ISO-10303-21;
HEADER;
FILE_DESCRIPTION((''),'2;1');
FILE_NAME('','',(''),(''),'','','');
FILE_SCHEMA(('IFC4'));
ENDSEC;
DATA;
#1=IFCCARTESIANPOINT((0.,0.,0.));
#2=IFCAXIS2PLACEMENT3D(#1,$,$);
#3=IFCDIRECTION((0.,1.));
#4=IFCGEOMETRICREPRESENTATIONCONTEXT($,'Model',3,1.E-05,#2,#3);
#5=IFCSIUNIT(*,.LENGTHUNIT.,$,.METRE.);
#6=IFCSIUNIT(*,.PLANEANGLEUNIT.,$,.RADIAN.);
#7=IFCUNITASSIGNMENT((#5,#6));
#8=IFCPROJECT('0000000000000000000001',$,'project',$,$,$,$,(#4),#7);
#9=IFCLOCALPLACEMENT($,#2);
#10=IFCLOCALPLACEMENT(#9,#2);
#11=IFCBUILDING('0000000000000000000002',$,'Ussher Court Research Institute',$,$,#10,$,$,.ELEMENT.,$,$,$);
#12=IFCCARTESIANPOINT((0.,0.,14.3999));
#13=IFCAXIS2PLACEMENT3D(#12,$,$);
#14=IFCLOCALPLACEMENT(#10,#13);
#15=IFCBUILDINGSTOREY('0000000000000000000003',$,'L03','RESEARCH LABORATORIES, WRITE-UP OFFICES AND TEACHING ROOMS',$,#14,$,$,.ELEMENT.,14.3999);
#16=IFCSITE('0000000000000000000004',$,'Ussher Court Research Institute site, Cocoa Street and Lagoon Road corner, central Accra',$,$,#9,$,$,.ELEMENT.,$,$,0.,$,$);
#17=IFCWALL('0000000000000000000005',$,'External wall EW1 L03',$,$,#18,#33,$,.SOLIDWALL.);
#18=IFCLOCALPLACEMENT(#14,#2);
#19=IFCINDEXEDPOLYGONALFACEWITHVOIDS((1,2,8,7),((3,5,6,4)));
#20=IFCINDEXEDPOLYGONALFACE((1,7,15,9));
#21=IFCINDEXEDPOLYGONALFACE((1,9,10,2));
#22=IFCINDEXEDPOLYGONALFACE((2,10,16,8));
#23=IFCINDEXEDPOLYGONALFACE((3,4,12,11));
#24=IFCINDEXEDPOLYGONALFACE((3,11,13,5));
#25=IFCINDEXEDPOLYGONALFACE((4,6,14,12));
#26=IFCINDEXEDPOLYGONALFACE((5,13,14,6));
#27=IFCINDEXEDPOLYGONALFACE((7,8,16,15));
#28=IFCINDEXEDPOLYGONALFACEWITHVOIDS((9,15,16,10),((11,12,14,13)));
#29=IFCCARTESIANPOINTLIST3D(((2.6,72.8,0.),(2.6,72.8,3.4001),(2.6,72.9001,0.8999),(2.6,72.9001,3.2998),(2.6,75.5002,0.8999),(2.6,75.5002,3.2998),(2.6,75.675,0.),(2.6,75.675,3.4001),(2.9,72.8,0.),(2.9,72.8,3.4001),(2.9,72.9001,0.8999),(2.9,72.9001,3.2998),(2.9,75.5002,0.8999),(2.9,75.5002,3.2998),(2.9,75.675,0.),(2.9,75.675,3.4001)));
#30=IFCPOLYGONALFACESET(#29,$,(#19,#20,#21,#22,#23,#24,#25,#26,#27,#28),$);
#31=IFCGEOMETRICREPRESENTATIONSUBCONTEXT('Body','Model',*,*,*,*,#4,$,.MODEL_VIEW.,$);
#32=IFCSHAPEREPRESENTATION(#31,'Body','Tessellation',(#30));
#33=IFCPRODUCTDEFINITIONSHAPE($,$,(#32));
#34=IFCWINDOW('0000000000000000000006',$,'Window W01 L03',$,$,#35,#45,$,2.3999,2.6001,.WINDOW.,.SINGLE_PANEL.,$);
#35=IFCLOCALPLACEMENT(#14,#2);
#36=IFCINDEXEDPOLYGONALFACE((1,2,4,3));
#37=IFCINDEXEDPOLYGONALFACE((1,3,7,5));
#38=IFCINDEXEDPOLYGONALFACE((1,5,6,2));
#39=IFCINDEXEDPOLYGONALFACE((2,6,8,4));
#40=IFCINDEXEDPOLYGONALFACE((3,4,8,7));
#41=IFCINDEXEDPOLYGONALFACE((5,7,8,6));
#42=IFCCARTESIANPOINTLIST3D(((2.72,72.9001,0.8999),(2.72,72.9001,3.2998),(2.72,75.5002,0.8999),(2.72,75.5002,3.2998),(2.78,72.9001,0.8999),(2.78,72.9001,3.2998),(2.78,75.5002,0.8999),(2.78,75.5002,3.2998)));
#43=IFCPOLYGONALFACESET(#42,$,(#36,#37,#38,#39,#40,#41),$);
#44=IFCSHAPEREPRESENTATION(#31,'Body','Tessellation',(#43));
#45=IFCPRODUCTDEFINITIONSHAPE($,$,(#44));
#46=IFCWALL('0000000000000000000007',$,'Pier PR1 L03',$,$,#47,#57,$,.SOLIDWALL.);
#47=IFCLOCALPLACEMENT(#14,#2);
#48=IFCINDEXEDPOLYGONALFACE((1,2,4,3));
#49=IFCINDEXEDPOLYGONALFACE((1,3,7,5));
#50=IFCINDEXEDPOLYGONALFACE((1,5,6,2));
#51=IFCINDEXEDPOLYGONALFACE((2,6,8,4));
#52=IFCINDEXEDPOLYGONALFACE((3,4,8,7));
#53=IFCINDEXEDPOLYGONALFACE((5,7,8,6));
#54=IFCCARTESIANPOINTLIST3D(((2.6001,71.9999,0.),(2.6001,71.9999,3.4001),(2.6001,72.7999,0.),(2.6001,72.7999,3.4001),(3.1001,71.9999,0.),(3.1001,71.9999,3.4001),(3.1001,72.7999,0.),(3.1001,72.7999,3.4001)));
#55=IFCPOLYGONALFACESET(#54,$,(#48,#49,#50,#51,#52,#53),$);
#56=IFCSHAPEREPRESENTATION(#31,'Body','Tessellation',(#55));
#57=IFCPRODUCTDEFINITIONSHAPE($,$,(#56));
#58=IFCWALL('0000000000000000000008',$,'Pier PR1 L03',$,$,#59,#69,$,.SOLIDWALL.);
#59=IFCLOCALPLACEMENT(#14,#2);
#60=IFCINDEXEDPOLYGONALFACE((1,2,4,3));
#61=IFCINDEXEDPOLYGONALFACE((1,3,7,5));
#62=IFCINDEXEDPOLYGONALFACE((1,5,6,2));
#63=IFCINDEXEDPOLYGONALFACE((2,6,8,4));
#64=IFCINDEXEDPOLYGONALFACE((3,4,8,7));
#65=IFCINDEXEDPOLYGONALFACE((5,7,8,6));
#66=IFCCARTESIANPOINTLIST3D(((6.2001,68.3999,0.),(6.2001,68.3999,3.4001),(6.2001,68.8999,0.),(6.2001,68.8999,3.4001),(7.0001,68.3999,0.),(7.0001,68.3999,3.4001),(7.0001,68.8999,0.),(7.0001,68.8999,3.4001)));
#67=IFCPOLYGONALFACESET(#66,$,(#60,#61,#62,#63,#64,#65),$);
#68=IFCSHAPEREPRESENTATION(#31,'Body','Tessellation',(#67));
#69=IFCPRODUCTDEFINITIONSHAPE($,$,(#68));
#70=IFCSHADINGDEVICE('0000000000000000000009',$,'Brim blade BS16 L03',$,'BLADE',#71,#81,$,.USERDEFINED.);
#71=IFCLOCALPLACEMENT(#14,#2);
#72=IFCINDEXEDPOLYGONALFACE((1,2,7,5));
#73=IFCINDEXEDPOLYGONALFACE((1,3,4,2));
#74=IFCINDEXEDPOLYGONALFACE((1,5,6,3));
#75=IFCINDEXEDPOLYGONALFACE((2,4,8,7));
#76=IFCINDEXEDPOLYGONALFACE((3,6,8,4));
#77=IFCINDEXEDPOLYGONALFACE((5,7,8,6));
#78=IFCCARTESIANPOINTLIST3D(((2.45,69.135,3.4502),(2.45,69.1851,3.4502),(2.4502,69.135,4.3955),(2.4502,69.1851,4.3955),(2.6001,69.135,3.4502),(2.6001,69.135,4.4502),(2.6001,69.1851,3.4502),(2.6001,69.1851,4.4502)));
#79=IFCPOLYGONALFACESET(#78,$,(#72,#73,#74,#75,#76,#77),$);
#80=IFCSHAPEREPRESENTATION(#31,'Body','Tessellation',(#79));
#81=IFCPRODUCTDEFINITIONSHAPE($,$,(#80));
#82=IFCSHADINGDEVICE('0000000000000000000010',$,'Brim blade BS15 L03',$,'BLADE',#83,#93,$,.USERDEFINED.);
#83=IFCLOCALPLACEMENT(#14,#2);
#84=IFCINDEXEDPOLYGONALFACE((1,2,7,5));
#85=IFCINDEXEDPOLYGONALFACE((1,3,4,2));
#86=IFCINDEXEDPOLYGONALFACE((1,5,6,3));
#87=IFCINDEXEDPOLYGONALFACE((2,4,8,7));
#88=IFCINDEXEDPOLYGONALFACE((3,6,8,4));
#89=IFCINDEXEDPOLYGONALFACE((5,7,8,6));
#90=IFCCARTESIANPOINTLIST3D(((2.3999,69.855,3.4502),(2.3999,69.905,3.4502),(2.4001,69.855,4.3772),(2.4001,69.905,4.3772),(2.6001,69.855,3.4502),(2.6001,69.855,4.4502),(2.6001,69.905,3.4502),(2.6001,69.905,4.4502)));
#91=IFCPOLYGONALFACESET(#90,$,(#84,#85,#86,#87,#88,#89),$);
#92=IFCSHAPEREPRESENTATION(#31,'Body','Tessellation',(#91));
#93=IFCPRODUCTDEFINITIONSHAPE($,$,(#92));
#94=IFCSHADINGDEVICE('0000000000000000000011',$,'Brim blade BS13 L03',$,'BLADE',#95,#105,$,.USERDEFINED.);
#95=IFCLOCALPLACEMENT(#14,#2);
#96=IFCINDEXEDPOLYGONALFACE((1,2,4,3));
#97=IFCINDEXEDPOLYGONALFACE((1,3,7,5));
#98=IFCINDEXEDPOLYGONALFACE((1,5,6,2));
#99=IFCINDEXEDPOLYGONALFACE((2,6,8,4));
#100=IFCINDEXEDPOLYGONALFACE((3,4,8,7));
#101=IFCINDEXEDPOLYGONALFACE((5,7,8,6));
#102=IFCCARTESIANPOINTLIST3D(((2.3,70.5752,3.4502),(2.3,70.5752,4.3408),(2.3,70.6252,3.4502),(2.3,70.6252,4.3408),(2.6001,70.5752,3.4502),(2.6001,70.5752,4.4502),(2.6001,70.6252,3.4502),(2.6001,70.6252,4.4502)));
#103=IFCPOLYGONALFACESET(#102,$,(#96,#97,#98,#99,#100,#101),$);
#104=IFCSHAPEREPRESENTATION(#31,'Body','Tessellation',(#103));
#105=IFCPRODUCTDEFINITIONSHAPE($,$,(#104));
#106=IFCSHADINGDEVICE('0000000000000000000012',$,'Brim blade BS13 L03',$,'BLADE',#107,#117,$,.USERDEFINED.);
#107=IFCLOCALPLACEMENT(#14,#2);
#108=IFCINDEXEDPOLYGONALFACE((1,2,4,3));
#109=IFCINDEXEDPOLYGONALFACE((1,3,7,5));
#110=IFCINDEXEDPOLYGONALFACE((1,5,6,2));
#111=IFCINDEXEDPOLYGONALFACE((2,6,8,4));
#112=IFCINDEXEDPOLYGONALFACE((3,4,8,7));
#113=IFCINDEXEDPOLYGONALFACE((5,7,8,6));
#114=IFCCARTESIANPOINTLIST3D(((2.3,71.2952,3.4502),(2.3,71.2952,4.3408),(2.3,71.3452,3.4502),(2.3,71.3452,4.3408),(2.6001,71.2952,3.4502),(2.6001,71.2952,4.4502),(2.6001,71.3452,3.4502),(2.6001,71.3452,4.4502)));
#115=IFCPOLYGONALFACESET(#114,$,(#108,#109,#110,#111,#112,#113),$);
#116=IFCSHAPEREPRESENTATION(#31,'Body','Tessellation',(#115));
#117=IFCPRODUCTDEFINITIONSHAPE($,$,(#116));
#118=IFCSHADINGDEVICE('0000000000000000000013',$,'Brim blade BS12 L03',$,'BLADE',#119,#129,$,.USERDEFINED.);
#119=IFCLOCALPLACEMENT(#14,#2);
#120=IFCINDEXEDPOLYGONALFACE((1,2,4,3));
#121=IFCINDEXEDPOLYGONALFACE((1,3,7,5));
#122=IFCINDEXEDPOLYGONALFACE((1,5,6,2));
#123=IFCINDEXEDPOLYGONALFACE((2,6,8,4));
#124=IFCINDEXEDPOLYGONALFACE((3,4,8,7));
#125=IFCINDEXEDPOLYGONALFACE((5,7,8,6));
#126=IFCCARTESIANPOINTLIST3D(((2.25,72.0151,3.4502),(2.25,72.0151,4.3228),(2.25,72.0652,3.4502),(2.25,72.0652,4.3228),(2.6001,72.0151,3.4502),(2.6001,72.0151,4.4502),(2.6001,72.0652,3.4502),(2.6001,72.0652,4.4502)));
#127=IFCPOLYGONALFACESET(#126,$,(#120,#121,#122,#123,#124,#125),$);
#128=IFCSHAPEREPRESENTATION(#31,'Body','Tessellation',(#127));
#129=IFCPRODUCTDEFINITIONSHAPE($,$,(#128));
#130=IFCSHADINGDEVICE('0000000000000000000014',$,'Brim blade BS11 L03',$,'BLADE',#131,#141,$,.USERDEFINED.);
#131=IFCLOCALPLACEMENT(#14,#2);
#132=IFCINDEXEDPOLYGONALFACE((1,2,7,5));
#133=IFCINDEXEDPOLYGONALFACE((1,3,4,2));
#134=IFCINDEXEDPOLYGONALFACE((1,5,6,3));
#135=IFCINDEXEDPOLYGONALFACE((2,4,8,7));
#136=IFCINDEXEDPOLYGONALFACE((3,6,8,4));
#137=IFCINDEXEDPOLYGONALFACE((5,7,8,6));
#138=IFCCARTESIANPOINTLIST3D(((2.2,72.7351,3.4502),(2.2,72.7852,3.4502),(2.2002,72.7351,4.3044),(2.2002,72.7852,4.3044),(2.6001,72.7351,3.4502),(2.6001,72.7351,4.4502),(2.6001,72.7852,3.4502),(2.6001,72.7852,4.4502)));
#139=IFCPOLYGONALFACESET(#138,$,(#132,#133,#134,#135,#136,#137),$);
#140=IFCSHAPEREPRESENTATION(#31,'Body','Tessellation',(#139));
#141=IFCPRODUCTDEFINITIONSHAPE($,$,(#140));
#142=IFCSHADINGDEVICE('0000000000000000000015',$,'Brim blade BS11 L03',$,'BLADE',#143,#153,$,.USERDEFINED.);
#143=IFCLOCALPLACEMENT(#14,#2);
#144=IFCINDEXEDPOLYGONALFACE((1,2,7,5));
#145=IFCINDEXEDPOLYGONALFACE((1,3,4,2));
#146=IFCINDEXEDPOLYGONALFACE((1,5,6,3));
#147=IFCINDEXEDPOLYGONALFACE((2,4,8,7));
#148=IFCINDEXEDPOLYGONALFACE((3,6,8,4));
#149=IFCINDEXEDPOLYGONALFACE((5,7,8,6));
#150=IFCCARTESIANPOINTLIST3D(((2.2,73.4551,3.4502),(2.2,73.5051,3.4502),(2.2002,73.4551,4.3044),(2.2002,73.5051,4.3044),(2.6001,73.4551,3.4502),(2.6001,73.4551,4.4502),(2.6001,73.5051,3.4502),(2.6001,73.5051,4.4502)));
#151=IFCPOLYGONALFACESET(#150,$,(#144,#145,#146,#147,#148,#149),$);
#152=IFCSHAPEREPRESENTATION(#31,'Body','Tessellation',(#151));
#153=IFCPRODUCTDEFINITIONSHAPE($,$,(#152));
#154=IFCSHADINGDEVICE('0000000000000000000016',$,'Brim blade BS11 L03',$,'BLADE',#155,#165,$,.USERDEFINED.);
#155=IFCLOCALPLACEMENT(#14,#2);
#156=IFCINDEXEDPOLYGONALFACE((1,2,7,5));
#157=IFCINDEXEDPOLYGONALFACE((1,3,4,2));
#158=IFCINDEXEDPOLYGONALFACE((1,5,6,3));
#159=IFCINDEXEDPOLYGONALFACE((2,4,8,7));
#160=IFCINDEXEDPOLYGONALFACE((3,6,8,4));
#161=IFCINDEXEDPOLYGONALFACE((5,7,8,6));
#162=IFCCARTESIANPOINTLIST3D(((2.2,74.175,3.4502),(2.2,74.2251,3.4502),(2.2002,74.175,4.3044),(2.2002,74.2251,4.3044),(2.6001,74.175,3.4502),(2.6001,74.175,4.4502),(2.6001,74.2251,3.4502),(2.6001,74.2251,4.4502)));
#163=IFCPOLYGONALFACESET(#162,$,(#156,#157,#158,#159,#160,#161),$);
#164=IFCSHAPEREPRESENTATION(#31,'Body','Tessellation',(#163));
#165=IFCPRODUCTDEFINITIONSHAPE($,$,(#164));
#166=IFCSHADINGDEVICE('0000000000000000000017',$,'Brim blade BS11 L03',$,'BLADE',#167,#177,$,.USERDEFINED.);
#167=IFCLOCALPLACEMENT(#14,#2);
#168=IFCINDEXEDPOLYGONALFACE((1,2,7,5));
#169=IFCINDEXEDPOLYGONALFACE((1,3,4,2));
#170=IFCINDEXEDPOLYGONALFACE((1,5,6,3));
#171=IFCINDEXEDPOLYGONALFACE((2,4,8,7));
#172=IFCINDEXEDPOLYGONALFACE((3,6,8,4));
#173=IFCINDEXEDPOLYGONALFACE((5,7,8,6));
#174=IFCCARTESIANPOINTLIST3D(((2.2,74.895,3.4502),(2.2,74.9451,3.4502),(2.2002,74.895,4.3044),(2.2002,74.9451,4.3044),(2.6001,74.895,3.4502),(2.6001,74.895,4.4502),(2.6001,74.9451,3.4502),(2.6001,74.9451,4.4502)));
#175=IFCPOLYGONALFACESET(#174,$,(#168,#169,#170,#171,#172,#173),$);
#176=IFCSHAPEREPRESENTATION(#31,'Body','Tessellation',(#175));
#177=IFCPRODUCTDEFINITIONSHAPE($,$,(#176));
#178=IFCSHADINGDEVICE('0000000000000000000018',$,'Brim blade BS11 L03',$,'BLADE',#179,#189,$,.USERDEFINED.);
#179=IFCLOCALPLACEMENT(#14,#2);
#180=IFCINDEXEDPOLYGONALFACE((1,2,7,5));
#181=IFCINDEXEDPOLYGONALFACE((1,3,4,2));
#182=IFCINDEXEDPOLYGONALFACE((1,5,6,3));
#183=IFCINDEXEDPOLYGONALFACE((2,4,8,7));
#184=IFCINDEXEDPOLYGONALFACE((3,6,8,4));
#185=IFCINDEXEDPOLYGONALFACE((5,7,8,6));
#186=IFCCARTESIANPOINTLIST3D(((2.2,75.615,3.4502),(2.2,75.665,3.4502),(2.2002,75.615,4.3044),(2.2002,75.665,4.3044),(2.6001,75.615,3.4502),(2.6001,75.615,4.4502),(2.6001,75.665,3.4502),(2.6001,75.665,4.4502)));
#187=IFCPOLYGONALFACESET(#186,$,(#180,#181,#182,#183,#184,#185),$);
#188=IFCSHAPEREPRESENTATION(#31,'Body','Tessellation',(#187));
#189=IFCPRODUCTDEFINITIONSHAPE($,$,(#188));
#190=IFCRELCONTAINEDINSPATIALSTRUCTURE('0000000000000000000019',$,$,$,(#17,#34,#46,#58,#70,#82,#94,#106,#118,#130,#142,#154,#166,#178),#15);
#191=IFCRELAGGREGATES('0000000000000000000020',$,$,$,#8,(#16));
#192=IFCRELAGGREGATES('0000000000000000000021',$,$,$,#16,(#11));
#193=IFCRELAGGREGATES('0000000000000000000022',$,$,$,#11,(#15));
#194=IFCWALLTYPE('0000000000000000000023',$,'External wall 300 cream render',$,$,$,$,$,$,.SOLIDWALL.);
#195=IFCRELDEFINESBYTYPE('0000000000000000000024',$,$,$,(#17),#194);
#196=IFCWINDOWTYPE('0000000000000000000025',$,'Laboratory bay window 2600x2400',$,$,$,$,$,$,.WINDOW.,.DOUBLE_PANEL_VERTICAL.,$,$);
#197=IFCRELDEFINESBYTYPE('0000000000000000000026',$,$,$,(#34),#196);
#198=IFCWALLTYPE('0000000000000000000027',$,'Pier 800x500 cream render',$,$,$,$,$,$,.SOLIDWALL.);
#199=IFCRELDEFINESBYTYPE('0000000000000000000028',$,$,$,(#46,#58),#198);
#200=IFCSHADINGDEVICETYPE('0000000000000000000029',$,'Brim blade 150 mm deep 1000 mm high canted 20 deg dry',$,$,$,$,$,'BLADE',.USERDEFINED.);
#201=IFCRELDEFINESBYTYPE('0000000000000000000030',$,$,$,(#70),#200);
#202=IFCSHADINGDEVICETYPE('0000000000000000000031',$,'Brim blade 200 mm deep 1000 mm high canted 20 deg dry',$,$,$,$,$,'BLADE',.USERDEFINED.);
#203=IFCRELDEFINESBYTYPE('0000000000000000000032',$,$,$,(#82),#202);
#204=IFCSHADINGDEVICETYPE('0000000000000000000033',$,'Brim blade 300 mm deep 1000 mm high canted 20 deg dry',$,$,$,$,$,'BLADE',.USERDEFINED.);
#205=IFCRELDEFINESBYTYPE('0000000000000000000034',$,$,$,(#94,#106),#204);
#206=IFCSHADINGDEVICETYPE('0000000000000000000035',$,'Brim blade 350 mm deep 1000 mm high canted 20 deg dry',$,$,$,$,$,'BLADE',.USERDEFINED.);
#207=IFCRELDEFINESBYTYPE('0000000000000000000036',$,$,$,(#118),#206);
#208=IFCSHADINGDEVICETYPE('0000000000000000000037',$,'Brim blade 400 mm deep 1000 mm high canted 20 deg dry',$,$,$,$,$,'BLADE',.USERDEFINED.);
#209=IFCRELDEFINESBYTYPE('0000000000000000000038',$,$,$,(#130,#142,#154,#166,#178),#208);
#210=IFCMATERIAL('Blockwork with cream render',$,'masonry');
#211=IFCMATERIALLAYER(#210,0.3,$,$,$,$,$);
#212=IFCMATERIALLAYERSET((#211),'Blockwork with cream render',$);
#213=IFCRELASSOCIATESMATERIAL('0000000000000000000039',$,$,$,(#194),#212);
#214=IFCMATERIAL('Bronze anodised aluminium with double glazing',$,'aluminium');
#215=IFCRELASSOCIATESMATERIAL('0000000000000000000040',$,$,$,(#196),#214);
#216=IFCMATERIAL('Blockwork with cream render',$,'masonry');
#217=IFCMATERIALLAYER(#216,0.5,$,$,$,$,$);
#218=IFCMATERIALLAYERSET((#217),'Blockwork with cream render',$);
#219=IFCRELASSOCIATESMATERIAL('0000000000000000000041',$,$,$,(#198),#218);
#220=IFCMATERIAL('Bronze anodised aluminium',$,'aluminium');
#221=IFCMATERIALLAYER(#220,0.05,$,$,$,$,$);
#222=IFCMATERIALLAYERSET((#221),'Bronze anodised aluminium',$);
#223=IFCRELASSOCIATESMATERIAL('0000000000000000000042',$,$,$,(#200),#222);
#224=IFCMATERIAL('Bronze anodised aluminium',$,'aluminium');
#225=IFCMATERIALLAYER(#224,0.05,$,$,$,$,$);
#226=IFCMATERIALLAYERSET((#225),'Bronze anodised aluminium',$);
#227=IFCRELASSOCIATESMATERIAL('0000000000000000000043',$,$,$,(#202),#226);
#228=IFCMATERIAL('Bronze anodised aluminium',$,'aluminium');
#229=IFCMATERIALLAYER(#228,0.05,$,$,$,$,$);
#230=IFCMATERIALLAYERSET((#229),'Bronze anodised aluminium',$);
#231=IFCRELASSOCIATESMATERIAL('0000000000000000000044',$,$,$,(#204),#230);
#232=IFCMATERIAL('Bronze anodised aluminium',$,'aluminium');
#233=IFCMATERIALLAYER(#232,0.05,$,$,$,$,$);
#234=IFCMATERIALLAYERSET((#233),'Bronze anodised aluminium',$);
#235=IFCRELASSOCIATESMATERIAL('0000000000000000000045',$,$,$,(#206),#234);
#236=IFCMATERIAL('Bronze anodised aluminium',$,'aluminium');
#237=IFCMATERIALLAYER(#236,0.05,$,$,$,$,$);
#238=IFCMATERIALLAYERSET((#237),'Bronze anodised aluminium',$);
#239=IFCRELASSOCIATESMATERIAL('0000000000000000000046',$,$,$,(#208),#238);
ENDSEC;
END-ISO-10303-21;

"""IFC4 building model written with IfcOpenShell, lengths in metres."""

from ifc_helpers import new_model, si_unit, direction, frame, frame_2d, origin, place, context, subcontext, project, spatial, polyline, rectangle, outline, extrude, material, layer, layer_set, type_object, element, fill, save


model = new_model("IFC4")

# Units and contexts
model_context = context("Model", 3, precision=1e-05, world=origin(), true_north=direction((0.0, 1.0)))
body_context = subcontext(model_context, "Body", "Model", "MODEL_VIEW")
ifc_project = project(units=[si_unit("LENGTHUNIT", "METRE"), si_unit("PLANEANGLEUNIT", "RADIAN")], contexts=[model_context])

# Site, building, storey
site_placement = place(None, origin())
site = spatial("IfcSite", under=ifc_project, at=site_placement, Name="Ussher Court Research Institute site, Cocoa Street and Lagoon Road corner, central Accra", CompositionType="ELEMENT", RefElevation=0.0)
building_placement = place(site_placement, origin())
building = spatial("IfcBuilding", under=site, at=building_placement, Name="Ussher Court Research Institute", CompositionType="ELEMENT")
storey_placement = place(building_placement, frame((0.0, 0.0, 14.3999)))
storey = spatial("IfcBuildingStorey", under=building, at=storey_placement, Name="L03", Description="RESEARCH LABORATORIES, WRITE-UP OFFICES AND TEACHING ROOMS", CompositionType="ELEMENT", Elevation=14.3999)

# Wall, opening, window
ifc_material_1 = material(Name="Blockwork with cream render", Category="masonry")
ifc_layer_1 = layer(ifc_material_1, 0.3)
ifc_layer_set_1 = layer_set([ifc_layer_1], Name="Blockwork with cream render")
wall_type_1 = type_object("IfcWallType", Name="External wall 300 cream render", PredefinedType="SOLIDWALL", material=ifc_layer_set_1)
ifc_material_2 = material(Name="Bronze anodised aluminium with double glazing", Category="aluminium")
window_type = type_object("IfcWindowType", Name="Laboratory bay window 2600x2400", PartitioningType="DOUBLE_PANEL_VERTICAL", PredefinedType="WINDOW", material=ifc_material_2)
wall_1_placement = place(storey_placement, frame((2.75, 72.8, 0.0), z_axis=(0.0, 0.0, 1.0), x_axis=(0.0, 1.0, 0.0)))
wall_1 = element("IfcWall", 1, at=wall_1_placement, inside=storey, type_object=wall_type_1, Name="External wall EW1 L03", PredefinedType="SOLIDWALL", context=body_context, shape_type="SweptSolid", body=[
    extrude(rectangle(XDim=2.875, YDim=0.3, at=frame_2d((1.4375, 0.0))), origin(), (0.0, 0.0, 1.0), 3.4001),
])
opening_1_placement = place(wall_1_placement, frame((0.1001, 0.0, 0.8999)))
opening_1 = element("IfcOpeningElement", 2, at=opening_1_placement, cuts=wall_1, PredefinedType="OPENING", context=body_context, shape_type="SweptSolid", body=[
    extrude(rectangle(XDim=2.6001, YDim=2.3999, at=frame_2d((1.3, 1.2))), frame((0.0, 0.1602, 0.0), z_axis=(0.0, -1.0, 0.0), x_axis=(1.0, 0.0, 0.0)), (0.0, 0.0, 1.0), 0.3201),
])
window_1_placement = place(opening_1_placement, origin())
window_1 = element("IfcWindow", 3, at=window_1_placement, inside=storey, type_object=window_type, Name="Window W01 L03", OverallHeight=2.3999, OverallWidth=2.6001, PartitioningType="SINGLE_PANEL", PredefinedType="WINDOW", context=body_context, shape_type="SweptSolid", body=[
    extrude(rectangle(XDim=2.6001, YDim=2.3999, at=frame_2d((1.3, 1.2))), frame((0.0, 0.03, 0.0), z_axis=(0.0, -1.0, 0.0), x_axis=(1.0, 0.0, 0.0)), (0.0, 0.0, 1.0), 0.0601),
])
fill(opening_1, window_1)

# Walls
ifc_material_3 = material(Name="Blockwork with cream render", Category="masonry")
ifc_layer_2 = layer(ifc_material_3, 0.5)
ifc_layer_set_2 = layer_set([ifc_layer_2], Name="Blockwork with cream render")
wall_type_2 = type_object("IfcWallType", Name="Pier 800x500 cream render", PredefinedType="SOLIDWALL", material=ifc_layer_set_2)
for number, where, z_axis, x_axis, name in (
    (4, (2.8501, 72.0, 0.0), (0.0, 0.0, 1.0), (0.0, 1.0, 0.0), "Pier PR1 L03"),
    (5, (7.0, 68.6499, 0.0), (0.0, 0.0, 1.0), (-1.0, 0.0, 0.0), "Pier PR1 L03"),
):
    element("IfcWall", number, at=place(storey_placement, frame(where, z_axis=z_axis, x_axis=x_axis)), inside=storey, type_object=wall_type_2, Name=name, PredefinedType="SOLIDWALL", context=body_context, shape_type="SweptSolid", body=[
        extrude(rectangle(XDim=0.8, YDim=0.5, at=frame_2d((0.3999, 0.0))), origin(), (0.0, 0.0, 1.0), 3.4001),
    ])

# Shading devices
ifc_material_4 = material(Name="Bronze anodised aluminium", Category="aluminium")
ifc_layer_3 = layer(ifc_material_4, 0.05)
ifc_layer_set_3 = layer_set([ifc_layer_3], Name="Bronze anodised aluminium")
shading_device_type_1 = type_object("IfcShadingDeviceType", Name="Brim blade 150 mm deep 1000 mm high canted 20 deg dry", ElementType="BLADE", PredefinedType="USERDEFINED", material=ifc_layer_set_3)
shading_device_1_placement = place(storey_placement, frame((2.6001, 69.1599, 3.4502), z_axis=(0.0, 0.0, 1.0), x_axis=(-1.0, 0.0, 0.0)))
element("IfcShadingDevice", 6, at=shading_device_1_placement, inside=storey, type_object=shading_device_type_1, Name="Brim blade BS16 L03", ObjectType="BLADE", PredefinedType="USERDEFINED", context=body_context, shape_type="SweptSolid", body=[
    extrude(outline(polyline([(0.0, 0.0), (0.1501, 0.0), (0.1499, 0.9453), (0.0, 1.0), (0.0, 0.0)])), frame((0.0, 0.0249, 0.0), z_axis=(0.0, -1.0, 0.0), x_axis=(1.0, 0.0, 0.0)), (0.0, 0.0, 1.0), 0.05),
])
ifc_material_5 = material(Name="Bronze anodised aluminium", Category="aluminium")
ifc_layer_4 = layer(ifc_material_5, 0.05)
ifc_layer_set_4 = layer_set([ifc_layer_4], Name="Bronze anodised aluminium")
shading_device_type_2 = type_object("IfcShadingDeviceType", Name="Brim blade 200 mm deep 1000 mm high canted 20 deg dry", ElementType="BLADE", PredefinedType="USERDEFINED", material=ifc_layer_set_4)
shading_device_2_placement = place(storey_placement, frame((2.6001, 69.8799, 3.4502), z_axis=(0.0, 0.0, 1.0), x_axis=(-1.0, 0.0, 0.0)))
element("IfcShadingDevice", 7, at=shading_device_2_placement, inside=storey, type_object=shading_device_type_2, Name="Brim blade BS15 L03", ObjectType="BLADE", PredefinedType="USERDEFINED", context=body_context, shape_type="SweptSolid", body=[
    extrude(outline(polyline([(0.0, 0.0), (0.2002, 0.0), (0.2, 0.927), (0.0, 1.0), (0.0, 0.0)])), frame((0.0, 0.0249, 0.0), z_axis=(0.0, -1.0, 0.0), x_axis=(1.0, 0.0, 0.0)), (0.0, 0.0, 1.0), 0.05),
])
ifc_material_6 = material(Name="Bronze anodised aluminium", Category="aluminium")
ifc_layer_5 = layer(ifc_material_6, 0.05)
ifc_layer_set_5 = layer_set([ifc_layer_5], Name="Bronze anodised aluminium")
shading_device_type_3 = type_object("IfcShadingDeviceType", Name="Brim blade 300 mm deep 1000 mm high canted 20 deg dry", ElementType="BLADE", PredefinedType="USERDEFINED", material=ifc_layer_set_5)
for number, where, z_axis, x_axis, name in (
    (8, (2.6001, 70.6001, 3.4502), (0.0, 0.0, 1.0), (-1.0, 0.0, 0.0), "Brim blade BS13 L03"),
    (9, (2.6001, 71.3201, 3.4502), (0.0, 0.0, 1.0), (-1.0, 0.0, 0.0), "Brim blade BS13 L03"),
):
    element("IfcShadingDevice", number, at=place(storey_placement, frame(where, z_axis=z_axis, x_axis=x_axis)), inside=storey, type_object=shading_device_type_3, Name=name, ObjectType="BLADE", PredefinedType="USERDEFINED", context=body_context, shape_type="SweptSolid", body=[
        extrude(outline(polyline([(0.0, 0.0), (0.3, 0.0), (0.3, 0.8906), (0.0, 1.0), (0.0, 0.0)])), frame((0.0, 0.0249, 0.0), z_axis=(0.0, -1.0, 0.0), x_axis=(1.0, 0.0, 0.0)), (0.0, 0.0, 1.0), 0.05),
    ])
ifc_material_7 = material(Name="Bronze anodised aluminium", Category="aluminium")
ifc_layer_6 = layer(ifc_material_7, 0.05)
ifc_layer_set_6 = layer_set([ifc_layer_6], Name="Bronze anodised aluminium")
shading_device_type_4 = type_object("IfcShadingDeviceType", Name="Brim blade 350 mm deep 1000 mm high canted 20 deg dry", ElementType="BLADE", PredefinedType="USERDEFINED", material=ifc_layer_set_6)
shading_device_3_placement = place(storey_placement, frame((2.6001, 72.04, 3.4502), z_axis=(0.0, 0.0, 1.0), x_axis=(-1.0, 0.0, 0.0)))
element("IfcShadingDevice", 10, at=shading_device_3_placement, inside=storey, type_object=shading_device_type_4, Name="Brim blade BS12 L03", ObjectType="BLADE", PredefinedType="USERDEFINED", context=body_context, shape_type="SweptSolid", body=[
    extrude(outline(polyline([(0.0, 0.0), (0.3501, 0.0), (0.3501, 0.8726), (0.0, 1.0), (0.0, 0.0)])), frame((0.0, 0.0249, 0.0), z_axis=(0.0, -1.0, 0.0), x_axis=(1.0, 0.0, 0.0)), (0.0, 0.0, 1.0), 0.05),
])
ifc_material_8 = material(Name="Bronze anodised aluminium", Category="aluminium")
ifc_layer_7 = layer(ifc_material_8, 0.05)
ifc_layer_set_7 = layer_set([ifc_layer_7], Name="Bronze anodised aluminium")
shading_device_type_5 = type_object("IfcShadingDeviceType", Name="Brim blade 400 mm deep 1000 mm high canted 20 deg dry", ElementType="BLADE", PredefinedType="USERDEFINED", material=ifc_layer_set_7)
for number, where, z_axis, x_axis, name in (
    (11, (2.6001, 72.76, 3.4502), (0.0, 0.0, 1.0), (-1.0, 0.0, 0.0), "Brim blade BS11 L03"),
    (12, (2.6001, 73.48, 3.4502), (0.0, 0.0, 1.0), (-1.0, 0.0, 0.0), "Brim blade BS11 L03"),
    (13, (2.6001, 74.2, 3.4502), (0.0, 0.0, 1.0), (-1.0, 0.0, 0.0), "Brim blade BS11 L03"),
    (14, (2.6001, 74.9199, 3.4502), (0.0, 0.0, 1.0), (-1.0, 0.0, 0.0), "Brim blade BS11 L03"),
    (15, (2.6001, 75.6399, 3.4502), (0.0, 0.0, 1.0), (-1.0, 0.0, 0.0), "Brim blade BS11 L03"),
):
    element("IfcShadingDevice", number, at=place(storey_placement, frame(where, z_axis=z_axis, x_axis=x_axis)), inside=storey, type_object=shading_device_type_5, Name=name, ObjectType="BLADE", PredefinedType="USERDEFINED", context=body_context, shape_type="SweptSolid", body=[
        extrude(outline(polyline([(0.0, 0.0), (0.4001, 0.0), (0.3999, 0.8542), (0.0, 1.0), (0.0, 0.0)])), frame((0.0, 0.0249, 0.0), z_axis=(0.0, -1.0, 0.0), x_axis=(1.0, 0.0, 0.0)), (0.0, 0.0, 1.0), 0.05),
    ])

save(model, "model.ifc")
